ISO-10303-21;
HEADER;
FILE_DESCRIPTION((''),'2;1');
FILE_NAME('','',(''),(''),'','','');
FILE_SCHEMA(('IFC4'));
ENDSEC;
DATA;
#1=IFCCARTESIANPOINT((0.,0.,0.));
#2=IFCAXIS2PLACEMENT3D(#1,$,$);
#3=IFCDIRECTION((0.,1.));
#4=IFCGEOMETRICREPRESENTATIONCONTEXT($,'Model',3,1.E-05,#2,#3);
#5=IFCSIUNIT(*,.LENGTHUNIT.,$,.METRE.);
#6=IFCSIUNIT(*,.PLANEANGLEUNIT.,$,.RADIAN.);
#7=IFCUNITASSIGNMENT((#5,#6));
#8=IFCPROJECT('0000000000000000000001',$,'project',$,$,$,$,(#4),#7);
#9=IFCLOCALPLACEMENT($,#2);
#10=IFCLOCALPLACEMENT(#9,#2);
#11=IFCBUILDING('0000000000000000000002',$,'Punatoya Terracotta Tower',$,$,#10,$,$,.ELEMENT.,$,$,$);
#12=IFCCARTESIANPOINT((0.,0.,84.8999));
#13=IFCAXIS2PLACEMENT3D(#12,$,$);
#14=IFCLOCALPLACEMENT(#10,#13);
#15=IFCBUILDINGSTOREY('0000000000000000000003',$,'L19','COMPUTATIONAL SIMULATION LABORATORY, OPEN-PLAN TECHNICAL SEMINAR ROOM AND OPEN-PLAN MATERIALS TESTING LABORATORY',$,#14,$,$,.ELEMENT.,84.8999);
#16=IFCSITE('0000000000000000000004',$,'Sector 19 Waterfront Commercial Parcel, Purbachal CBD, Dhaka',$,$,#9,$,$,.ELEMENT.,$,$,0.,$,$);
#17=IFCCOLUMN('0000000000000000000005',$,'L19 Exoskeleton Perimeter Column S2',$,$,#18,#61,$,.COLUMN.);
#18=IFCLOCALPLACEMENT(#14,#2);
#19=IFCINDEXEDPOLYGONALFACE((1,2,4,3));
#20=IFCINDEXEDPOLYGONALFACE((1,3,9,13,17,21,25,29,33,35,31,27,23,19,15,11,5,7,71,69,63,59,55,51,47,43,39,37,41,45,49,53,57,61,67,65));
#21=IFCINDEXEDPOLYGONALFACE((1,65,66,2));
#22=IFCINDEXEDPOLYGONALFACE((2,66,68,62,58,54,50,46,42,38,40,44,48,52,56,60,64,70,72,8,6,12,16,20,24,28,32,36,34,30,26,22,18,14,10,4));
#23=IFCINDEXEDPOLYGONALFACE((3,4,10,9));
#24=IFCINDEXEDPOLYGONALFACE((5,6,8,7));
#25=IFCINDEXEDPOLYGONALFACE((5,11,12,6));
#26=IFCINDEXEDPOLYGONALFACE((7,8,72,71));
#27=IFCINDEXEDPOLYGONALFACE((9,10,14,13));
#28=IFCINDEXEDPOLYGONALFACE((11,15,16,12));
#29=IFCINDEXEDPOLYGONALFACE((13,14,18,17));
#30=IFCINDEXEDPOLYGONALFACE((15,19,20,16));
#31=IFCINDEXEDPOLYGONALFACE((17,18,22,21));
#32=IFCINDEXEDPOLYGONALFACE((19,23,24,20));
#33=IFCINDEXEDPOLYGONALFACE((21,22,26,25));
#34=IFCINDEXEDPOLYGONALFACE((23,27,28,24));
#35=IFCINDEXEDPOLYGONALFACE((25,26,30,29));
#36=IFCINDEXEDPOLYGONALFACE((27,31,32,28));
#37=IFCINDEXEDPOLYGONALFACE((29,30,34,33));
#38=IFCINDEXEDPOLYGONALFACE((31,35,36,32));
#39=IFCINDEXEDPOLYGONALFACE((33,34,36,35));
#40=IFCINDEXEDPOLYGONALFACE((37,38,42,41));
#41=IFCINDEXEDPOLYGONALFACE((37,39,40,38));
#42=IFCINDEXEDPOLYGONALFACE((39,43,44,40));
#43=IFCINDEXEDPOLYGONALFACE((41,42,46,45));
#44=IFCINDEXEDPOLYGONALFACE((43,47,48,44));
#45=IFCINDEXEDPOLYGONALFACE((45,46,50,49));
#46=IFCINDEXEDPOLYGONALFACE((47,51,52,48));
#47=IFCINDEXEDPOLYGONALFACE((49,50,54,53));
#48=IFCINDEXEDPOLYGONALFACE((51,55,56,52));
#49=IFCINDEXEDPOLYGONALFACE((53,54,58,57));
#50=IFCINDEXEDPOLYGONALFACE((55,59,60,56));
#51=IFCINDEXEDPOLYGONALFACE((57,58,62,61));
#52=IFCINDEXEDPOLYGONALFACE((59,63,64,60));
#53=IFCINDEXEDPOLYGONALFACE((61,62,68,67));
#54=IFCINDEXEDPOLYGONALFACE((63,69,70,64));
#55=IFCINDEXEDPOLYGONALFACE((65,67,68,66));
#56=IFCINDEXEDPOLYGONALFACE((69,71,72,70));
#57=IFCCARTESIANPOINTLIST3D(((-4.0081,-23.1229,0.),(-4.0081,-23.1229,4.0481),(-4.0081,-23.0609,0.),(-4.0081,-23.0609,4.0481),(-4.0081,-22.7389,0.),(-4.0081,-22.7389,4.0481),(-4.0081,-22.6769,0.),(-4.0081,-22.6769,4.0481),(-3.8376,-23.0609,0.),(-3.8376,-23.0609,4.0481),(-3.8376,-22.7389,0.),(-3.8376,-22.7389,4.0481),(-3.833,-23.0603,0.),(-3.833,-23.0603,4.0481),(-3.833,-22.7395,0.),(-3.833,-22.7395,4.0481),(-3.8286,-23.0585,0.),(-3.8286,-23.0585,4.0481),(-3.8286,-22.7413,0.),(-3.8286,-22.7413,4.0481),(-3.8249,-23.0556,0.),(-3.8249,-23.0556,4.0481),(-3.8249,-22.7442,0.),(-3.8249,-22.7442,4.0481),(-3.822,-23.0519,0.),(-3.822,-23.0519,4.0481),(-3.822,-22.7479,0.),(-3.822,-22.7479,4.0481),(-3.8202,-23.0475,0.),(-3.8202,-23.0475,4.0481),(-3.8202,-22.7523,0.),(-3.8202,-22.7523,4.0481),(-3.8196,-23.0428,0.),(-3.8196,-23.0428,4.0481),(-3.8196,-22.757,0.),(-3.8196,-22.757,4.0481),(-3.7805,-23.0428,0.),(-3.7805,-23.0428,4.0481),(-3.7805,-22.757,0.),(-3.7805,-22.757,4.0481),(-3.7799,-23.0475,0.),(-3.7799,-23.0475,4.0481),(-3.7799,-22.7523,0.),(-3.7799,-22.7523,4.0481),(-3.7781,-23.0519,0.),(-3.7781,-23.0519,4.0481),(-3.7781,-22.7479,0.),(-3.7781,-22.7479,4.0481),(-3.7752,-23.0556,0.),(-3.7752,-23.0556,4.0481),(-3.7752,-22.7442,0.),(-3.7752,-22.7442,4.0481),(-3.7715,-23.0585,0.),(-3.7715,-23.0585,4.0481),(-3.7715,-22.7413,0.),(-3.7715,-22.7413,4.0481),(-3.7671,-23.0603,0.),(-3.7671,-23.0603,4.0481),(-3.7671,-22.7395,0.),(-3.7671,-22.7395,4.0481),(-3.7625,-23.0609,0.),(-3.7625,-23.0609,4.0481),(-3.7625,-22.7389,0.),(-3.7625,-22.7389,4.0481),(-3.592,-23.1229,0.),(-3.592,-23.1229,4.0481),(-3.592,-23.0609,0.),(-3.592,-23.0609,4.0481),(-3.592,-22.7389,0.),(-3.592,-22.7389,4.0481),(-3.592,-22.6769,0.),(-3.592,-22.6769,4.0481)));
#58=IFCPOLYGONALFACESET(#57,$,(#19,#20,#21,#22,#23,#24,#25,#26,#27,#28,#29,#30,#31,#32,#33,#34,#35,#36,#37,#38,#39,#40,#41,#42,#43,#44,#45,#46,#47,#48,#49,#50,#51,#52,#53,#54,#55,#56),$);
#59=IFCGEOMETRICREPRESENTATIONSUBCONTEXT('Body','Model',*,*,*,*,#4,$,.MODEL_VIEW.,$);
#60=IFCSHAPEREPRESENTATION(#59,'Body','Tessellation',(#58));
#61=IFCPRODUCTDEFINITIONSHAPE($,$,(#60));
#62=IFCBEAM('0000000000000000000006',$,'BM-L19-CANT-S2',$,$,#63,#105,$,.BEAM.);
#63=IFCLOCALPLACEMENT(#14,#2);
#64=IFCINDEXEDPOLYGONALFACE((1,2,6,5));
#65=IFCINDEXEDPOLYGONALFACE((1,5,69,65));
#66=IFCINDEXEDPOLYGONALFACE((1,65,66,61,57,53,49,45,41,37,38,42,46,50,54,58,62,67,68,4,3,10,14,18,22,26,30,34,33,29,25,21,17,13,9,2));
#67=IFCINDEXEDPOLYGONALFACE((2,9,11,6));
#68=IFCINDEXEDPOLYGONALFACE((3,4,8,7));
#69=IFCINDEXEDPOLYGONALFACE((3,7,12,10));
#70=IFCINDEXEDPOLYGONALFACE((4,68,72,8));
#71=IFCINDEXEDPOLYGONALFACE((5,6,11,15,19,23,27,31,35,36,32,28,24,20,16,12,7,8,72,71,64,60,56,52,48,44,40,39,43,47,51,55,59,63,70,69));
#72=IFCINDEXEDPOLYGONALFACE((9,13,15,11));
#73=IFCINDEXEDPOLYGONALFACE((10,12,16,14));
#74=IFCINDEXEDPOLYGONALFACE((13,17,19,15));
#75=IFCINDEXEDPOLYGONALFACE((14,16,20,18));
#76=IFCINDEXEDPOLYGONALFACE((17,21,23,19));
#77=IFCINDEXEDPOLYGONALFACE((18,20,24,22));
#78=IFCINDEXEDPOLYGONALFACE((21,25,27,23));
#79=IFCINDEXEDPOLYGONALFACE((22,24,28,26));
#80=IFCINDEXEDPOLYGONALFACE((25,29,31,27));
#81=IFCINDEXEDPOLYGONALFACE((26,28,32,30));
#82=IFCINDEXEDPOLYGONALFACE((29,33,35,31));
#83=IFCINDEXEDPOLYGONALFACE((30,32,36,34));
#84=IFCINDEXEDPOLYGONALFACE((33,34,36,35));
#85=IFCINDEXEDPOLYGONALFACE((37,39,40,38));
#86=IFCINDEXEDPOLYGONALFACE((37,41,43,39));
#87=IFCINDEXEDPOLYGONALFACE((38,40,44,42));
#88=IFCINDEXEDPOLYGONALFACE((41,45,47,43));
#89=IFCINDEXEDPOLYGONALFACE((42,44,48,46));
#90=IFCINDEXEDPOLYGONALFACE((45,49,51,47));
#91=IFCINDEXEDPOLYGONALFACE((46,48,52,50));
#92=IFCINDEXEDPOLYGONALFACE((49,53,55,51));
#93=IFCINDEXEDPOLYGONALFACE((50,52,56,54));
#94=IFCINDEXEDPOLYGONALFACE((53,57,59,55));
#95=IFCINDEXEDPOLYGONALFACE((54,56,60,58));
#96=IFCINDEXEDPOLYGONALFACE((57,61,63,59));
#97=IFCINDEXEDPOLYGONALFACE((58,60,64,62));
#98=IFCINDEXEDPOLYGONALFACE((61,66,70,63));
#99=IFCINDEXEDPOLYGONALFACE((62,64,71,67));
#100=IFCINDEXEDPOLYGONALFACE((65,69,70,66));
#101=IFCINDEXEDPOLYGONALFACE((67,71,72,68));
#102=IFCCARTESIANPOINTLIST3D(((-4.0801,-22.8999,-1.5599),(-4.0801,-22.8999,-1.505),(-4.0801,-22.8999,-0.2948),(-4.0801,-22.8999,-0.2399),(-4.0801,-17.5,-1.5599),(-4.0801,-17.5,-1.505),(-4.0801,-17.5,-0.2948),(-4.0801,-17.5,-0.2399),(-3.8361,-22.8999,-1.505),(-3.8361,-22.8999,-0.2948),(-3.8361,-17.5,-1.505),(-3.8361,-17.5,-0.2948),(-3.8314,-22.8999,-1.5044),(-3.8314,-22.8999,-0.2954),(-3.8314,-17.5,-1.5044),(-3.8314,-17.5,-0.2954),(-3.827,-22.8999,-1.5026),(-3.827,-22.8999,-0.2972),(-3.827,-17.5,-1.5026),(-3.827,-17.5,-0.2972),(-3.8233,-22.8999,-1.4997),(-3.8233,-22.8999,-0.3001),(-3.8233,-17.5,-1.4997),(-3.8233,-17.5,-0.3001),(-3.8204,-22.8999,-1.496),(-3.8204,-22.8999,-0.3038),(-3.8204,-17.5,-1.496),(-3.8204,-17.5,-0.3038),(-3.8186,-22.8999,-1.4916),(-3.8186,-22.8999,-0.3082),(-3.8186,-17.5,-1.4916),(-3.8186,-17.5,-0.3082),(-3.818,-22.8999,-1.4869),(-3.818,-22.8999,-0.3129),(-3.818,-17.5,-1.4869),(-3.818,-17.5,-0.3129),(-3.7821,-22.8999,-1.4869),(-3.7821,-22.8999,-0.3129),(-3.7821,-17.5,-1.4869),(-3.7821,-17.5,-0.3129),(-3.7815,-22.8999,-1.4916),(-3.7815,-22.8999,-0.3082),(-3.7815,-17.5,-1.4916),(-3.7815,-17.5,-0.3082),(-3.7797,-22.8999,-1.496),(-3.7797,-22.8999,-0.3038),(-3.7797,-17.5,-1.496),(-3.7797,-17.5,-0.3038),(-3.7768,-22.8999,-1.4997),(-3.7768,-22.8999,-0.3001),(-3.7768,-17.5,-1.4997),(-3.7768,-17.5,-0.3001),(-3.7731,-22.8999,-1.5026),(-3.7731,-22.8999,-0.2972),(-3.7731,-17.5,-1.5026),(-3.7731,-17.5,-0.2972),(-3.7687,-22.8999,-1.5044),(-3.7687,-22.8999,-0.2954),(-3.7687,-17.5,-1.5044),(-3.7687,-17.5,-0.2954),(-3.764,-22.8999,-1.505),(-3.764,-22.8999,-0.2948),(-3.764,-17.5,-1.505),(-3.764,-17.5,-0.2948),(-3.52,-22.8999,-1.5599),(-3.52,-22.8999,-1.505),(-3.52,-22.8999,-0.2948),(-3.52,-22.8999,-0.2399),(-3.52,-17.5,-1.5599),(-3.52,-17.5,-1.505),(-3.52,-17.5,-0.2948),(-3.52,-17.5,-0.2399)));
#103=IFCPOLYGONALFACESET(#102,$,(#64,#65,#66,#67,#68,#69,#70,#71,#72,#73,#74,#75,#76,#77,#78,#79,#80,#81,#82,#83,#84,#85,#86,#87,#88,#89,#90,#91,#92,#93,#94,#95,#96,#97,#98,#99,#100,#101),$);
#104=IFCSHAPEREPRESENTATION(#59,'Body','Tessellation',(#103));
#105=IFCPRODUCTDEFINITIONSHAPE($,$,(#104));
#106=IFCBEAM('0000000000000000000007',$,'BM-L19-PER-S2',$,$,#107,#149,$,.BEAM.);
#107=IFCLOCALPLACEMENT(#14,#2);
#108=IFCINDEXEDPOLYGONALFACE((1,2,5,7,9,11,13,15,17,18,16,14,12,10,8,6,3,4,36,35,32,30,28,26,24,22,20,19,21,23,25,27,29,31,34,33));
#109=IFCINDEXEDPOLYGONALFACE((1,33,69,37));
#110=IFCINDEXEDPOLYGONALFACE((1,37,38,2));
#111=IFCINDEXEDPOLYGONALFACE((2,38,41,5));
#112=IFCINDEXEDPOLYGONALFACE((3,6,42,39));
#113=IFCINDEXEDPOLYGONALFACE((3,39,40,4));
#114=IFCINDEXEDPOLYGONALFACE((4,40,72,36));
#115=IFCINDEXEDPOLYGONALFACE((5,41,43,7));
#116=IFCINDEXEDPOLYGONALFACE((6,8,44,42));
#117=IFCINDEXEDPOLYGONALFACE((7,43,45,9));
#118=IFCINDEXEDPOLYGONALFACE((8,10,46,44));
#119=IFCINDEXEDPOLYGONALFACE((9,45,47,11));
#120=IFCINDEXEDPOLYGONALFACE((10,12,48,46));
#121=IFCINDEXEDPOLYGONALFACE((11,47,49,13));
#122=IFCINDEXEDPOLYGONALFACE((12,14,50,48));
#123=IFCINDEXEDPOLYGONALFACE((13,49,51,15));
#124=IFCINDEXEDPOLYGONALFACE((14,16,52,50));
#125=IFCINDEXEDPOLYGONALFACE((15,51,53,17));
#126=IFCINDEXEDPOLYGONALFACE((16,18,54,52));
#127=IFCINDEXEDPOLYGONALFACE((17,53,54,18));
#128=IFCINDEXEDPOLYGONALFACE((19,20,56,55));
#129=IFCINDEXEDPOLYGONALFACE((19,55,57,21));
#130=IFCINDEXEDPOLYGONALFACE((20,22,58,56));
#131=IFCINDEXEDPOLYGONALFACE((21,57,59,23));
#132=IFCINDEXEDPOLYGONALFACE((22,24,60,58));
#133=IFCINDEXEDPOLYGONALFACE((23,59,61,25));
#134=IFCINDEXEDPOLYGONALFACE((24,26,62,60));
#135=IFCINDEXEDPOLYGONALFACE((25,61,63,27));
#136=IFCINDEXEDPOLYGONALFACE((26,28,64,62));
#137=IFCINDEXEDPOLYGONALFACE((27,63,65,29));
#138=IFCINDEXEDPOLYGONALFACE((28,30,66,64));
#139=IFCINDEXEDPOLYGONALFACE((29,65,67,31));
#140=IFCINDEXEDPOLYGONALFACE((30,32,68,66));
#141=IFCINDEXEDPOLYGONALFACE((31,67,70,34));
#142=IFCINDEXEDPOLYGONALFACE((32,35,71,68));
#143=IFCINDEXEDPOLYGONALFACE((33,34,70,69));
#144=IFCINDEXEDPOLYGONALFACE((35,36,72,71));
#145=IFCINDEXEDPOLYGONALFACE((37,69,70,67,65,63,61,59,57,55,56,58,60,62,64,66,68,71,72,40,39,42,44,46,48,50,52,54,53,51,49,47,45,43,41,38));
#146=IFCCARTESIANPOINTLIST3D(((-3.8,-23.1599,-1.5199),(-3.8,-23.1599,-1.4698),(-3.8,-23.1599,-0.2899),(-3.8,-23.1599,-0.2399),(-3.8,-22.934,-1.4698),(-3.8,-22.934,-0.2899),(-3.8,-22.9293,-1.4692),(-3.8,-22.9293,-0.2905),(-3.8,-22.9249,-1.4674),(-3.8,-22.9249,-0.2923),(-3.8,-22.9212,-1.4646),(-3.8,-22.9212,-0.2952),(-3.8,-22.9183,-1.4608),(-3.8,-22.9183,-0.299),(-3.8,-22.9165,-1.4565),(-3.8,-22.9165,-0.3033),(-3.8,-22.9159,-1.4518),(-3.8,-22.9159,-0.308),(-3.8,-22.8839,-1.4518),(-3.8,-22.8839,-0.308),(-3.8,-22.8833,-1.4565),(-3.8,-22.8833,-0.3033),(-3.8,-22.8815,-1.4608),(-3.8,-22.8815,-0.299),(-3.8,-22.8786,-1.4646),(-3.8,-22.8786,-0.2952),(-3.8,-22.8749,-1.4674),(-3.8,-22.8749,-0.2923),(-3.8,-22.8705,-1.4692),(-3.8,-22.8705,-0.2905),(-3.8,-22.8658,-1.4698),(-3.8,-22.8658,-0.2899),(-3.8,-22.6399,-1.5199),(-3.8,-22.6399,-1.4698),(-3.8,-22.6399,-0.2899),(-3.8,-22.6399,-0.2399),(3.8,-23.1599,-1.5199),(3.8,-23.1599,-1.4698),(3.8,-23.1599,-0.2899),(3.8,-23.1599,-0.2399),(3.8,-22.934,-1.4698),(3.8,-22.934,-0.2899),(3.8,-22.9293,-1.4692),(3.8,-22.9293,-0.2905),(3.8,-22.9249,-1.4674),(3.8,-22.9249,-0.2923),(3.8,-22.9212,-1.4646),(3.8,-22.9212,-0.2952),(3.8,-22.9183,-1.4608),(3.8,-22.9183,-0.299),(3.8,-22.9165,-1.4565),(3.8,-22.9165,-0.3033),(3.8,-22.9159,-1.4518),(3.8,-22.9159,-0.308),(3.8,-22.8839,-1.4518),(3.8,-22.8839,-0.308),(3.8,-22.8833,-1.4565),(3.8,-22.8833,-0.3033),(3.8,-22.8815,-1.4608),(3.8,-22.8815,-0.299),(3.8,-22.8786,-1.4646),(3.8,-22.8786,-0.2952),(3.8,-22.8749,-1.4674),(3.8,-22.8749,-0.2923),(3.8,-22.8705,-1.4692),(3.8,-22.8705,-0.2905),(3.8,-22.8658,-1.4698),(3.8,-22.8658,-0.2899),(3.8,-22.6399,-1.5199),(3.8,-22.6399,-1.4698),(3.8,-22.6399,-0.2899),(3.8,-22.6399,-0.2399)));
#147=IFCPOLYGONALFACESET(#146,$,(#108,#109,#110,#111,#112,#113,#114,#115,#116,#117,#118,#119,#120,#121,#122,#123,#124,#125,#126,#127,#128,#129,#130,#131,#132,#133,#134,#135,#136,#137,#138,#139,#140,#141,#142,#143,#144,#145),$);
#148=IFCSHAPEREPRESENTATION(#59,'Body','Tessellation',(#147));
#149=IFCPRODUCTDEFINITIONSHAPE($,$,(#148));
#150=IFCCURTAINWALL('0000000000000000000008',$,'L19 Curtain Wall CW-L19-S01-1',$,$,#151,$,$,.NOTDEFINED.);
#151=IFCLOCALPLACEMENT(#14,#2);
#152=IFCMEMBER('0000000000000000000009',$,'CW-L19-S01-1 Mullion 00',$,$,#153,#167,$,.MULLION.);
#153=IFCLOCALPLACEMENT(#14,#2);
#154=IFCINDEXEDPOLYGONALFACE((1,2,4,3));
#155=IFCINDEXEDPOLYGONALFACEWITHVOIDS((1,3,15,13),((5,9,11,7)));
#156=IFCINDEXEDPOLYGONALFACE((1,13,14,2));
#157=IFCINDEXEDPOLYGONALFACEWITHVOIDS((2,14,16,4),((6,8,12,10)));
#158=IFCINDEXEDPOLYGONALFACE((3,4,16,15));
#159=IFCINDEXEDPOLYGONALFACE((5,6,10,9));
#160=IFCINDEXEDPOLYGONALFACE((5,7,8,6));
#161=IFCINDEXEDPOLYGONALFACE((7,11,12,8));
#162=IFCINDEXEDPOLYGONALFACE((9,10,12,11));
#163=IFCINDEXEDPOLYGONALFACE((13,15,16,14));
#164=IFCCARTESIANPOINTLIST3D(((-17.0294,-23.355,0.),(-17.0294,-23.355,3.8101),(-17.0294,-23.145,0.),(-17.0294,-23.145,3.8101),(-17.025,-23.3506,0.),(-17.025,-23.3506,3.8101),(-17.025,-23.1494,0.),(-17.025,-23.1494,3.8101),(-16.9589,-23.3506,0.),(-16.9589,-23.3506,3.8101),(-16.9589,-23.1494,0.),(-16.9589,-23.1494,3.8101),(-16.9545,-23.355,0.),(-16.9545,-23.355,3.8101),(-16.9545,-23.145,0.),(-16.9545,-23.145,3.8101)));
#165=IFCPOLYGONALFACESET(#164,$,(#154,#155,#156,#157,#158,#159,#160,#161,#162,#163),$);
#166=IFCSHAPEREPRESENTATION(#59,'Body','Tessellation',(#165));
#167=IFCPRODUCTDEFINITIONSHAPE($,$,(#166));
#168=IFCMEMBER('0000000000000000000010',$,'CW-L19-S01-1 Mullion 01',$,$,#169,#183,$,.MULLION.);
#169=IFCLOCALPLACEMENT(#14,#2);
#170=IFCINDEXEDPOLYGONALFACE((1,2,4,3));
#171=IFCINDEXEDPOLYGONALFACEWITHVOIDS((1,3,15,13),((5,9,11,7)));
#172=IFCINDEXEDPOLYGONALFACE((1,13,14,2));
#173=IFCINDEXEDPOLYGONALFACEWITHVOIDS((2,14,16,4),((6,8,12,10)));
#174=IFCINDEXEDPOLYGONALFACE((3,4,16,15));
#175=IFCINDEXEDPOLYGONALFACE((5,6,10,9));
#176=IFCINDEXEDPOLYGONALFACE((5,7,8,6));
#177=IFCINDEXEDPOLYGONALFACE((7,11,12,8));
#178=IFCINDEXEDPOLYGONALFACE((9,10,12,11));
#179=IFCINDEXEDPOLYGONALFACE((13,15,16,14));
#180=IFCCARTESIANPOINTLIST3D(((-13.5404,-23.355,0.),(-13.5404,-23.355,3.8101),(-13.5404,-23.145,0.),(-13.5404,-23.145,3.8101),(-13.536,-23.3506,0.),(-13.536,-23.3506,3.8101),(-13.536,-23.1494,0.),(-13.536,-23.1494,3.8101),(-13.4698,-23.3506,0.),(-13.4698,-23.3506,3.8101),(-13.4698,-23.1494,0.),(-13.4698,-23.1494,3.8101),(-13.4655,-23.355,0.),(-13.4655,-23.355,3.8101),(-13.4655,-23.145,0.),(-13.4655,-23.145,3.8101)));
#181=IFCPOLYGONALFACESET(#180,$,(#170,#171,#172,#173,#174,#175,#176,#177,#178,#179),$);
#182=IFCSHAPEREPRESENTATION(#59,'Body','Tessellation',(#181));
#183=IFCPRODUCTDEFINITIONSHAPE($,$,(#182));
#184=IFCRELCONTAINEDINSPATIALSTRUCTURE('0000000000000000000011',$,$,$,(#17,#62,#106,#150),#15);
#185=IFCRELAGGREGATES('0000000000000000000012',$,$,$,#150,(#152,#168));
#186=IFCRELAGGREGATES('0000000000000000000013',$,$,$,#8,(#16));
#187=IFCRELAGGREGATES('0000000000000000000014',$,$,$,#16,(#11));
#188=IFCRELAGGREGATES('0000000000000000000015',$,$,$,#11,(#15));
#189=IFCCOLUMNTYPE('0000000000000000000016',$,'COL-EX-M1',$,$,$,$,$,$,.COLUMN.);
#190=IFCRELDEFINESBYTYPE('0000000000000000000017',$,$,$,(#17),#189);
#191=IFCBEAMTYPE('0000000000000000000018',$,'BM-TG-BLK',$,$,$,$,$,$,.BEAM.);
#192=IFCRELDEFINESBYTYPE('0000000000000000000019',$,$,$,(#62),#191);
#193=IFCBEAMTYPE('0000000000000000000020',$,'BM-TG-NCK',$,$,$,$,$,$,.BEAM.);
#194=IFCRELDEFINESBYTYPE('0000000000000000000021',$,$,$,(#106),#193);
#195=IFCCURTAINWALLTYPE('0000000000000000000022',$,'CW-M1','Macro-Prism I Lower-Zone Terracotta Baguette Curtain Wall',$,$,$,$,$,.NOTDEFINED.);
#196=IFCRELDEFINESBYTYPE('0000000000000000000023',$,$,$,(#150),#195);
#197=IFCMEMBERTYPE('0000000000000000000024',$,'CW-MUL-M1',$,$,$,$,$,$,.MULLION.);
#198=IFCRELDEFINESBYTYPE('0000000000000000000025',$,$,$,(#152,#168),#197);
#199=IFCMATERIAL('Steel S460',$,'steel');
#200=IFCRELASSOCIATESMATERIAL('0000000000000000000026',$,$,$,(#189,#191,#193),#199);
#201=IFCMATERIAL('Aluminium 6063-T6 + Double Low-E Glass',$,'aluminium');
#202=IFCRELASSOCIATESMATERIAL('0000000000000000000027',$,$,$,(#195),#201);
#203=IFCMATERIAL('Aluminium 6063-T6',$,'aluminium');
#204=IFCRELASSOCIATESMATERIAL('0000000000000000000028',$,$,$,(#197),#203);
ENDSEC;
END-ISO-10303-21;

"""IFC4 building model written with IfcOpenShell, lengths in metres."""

from ifc_helpers import new_model, si_unit, direction, frame, origin, origin_2d, place, context, subcontext, project, spatial, hollow_rectangle, i_section, extrude, material, material_profile, profile_set, type_object, element, aggregate, save


model = new_model("IFC4")

# Units and contexts
model_context = context("Model", 3, precision=1e-05, world=origin(), true_north=direction((0.0, 1.0)))
body_context = subcontext(model_context, "Body", "Model", "MODEL_VIEW")
ifc_project = project(units=[si_unit("LENGTHUNIT", "METRE"), si_unit("PLANEANGLEUNIT", "RADIAN")], contexts=[model_context])

# Site, building, storey
site_placement = place(None, origin())
site = spatial("IfcSite", under=ifc_project, at=site_placement, Name="Sector 19 Waterfront Commercial Parcel, Purbachal CBD, Dhaka", CompositionType="ELEMENT", RefElevation=0.0)
building_placement = place(site_placement, origin())
building = spatial("IfcBuilding", under=site, at=building_placement, Name="Punatoya Terracotta Tower", CompositionType="ELEMENT")
storey_placement = place(building_placement, frame((0.0, 0.0, 84.8999)))
storey = spatial("IfcBuildingStorey", under=building, at=storey_placement, Name="L19", Description="COMPUTATIONAL SIMULATION LABORATORY, OPEN-PLAN TECHNICAL SEMINAR ROOM AND OPEN-PLAN MATERIALS TESTING LABORATORY", CompositionType="ELEMENT", Elevation=84.8999)

# Column
ifc_material_1 = material(Name="Steel S460", Category="steel")
ifc_material_profile_1 = material_profile(ifc_material_1, i_section(OverallWidth=0.416, OverallDepth=0.446, WebThickness=0.0391, FlangeThickness=0.062, FilletRadius=0.0181, at=origin_2d()))
ifc_profile_set_1 = profile_set([ifc_material_profile_1], Name="Steel S460")
column_type = type_object("IfcColumnType", Name="COL-EX-M1", PredefinedType="COLUMN", material=ifc_profile_set_1)
column_placement = place(storey_placement, frame((-3.8, -22.8999, 0.0), z_axis=(0.0, 0.0, 1.0), x_axis=(1.0, 0.0, 0.0)))
element("IfcColumn", 1, at=column_placement, inside=storey, type_object=column_type, Name="L19 Exoskeleton Perimeter Column S2", PredefinedType="COLUMN", context=body_context, shape_type="SweptSolid", body=[
    extrude(i_section(OverallWidth=0.416, OverallDepth=0.446, WebThickness=0.0391, FlangeThickness=0.062, FilletRadius=0.0181, at=origin_2d()), origin(), (0.0, 0.0, 1.0), 4.0481),
])

# Beams
ifc_material_profile_2 = material_profile(ifc_material_1, i_section(OverallWidth=0.5601, OverallDepth=1.3201, WebThickness=0.0359, FlangeThickness=0.0549, FilletRadius=0.0181, at=origin_2d()))
ifc_profile_set_2 = profile_set([ifc_material_profile_2], Name="Steel S460")
beam_type_1 = type_object("IfcBeamType", Name="BM-TG-BLK", PredefinedType="BEAM", material=ifc_profile_set_2)
beam_1_placement = place(storey_placement, frame((-3.8, -22.8999, -0.8999), z_axis=(0.0, 1.0, 0.0), x_axis=(-1.0, 0.0, 0.0)))
element("IfcBeam", 2, at=beam_1_placement, inside=storey, type_object=beam_type_1, Name="BM-L19-CANT-S2", PredefinedType="BEAM", context=body_context, shape_type="SweptSolid", body=[
    extrude(i_section(OverallWidth=0.5601, OverallDepth=1.3201, WebThickness=0.0359, FlangeThickness=0.0549, FilletRadius=0.0181, at=origin_2d()), origin(), (0.0, 0.0, 1.0), 5.3999),
])
ifc_material_profile_3 = material_profile(ifc_material_1, i_section(OverallWidth=0.52, OverallDepth=1.28, WebThickness=0.032, FlangeThickness=0.05, FilletRadius=0.0181, at=origin_2d()))
ifc_profile_set_3 = profile_set([ifc_material_profile_3], Name="Steel S460")
beam_type_2 = type_object("IfcBeamType", Name="BM-TG-NCK", PredefinedType="BEAM", material=ifc_profile_set_3)
beam_2_placement = place(storey_placement, frame((-3.8, -22.8999, -0.8799), z_axis=(1.0, 0.0, 0.0), x_axis=(0.0, 1.0, 0.0)))
element("IfcBeam", 3, at=beam_2_placement, inside=storey, type_object=beam_type_2, Name="BM-L19-PER-S2", PredefinedType="BEAM", context=body_context, shape_type="SweptSolid", body=[
    extrude(i_section(OverallWidth=0.52, OverallDepth=1.28, WebThickness=0.032, FlangeThickness=0.05, FilletRadius=0.0181, at=origin_2d()), origin(), (0.0, 0.0, 1.0), 7.6001),
])

# Curtain wall, members
ifc_material_2 = material(Name="Aluminium 6063-T6 + Double Low-E Glass", Category="aluminium")
curtain_wall_type = type_object("IfcCurtainWallType", Name="CW-M1", Description="Macro-Prism I Lower-Zone Terracotta Baguette Curtain Wall", PredefinedType="NOTDEFINED", material=ifc_material_2)
curtain_wall_1_placement = place(storey_placement, origin())
curtain_wall_1 = element("IfcCurtainWall", 4, at=curtain_wall_1_placement, inside=storey, type_object=curtain_wall_type, Name="L19 Curtain Wall CW-L19-S01-1", PredefinedType="NOTDEFINED")
ifc_material_3 = material(Name="Aluminium 6063-T6", Category="aluminium")
ifc_material_profile_4 = material_profile(ifc_material_3, hollow_rectangle(XDim=0.075, YDim=0.21, WallThickness=0.0044, at=origin_2d()))
ifc_profile_set_4 = profile_set([ifc_material_profile_4], Name="Aluminium 6063-T6")
member_type_1 = type_object("IfcMemberType", Name="CW-MUL-M1", PredefinedType="MULLION", material=ifc_profile_set_4)
member_1_placement = place(storey_placement, frame((-16.9919, -23.25, 0.0), z_axis=(0.0, 0.0, 1.0), x_axis=(1.0, 0.0, 0.0)))
member_1 = element("IfcMember", 5, at=member_1_placement, type_object=member_type_1, Name="CW-L19-S01-1 Mullion 00", PredefinedType="MULLION", context=body_context, shape_type="SweptSolid", body=[
    extrude(hollow_rectangle(XDim=0.075, YDim=0.21, WallThickness=0.0044, at=origin_2d()), origin(), (0.0, 0.0, 1.0), 3.8101),
])
member_2_placement = place(storey_placement, frame((-13.5029, -23.25, 0.0), z_axis=(0.0, 0.0, 1.0), x_axis=(1.0, 0.0, 0.0)))
member_2 = element("IfcMember", 6, at=member_2_placement, type_object=member_type_1, Name="CW-L19-S01-1 Mullion 01", PredefinedType="MULLION", context=body_context, shape_type="SweptSolid", body=[
    extrude(hollow_rectangle(XDim=0.075, YDim=0.21, WallThickness=0.0044, at=origin_2d()), origin(), (0.0, 0.0, 1.0), 3.8101),
])

aggregate(curtain_wall_1, [member_1, member_2])

save(model, "model.ifc")
